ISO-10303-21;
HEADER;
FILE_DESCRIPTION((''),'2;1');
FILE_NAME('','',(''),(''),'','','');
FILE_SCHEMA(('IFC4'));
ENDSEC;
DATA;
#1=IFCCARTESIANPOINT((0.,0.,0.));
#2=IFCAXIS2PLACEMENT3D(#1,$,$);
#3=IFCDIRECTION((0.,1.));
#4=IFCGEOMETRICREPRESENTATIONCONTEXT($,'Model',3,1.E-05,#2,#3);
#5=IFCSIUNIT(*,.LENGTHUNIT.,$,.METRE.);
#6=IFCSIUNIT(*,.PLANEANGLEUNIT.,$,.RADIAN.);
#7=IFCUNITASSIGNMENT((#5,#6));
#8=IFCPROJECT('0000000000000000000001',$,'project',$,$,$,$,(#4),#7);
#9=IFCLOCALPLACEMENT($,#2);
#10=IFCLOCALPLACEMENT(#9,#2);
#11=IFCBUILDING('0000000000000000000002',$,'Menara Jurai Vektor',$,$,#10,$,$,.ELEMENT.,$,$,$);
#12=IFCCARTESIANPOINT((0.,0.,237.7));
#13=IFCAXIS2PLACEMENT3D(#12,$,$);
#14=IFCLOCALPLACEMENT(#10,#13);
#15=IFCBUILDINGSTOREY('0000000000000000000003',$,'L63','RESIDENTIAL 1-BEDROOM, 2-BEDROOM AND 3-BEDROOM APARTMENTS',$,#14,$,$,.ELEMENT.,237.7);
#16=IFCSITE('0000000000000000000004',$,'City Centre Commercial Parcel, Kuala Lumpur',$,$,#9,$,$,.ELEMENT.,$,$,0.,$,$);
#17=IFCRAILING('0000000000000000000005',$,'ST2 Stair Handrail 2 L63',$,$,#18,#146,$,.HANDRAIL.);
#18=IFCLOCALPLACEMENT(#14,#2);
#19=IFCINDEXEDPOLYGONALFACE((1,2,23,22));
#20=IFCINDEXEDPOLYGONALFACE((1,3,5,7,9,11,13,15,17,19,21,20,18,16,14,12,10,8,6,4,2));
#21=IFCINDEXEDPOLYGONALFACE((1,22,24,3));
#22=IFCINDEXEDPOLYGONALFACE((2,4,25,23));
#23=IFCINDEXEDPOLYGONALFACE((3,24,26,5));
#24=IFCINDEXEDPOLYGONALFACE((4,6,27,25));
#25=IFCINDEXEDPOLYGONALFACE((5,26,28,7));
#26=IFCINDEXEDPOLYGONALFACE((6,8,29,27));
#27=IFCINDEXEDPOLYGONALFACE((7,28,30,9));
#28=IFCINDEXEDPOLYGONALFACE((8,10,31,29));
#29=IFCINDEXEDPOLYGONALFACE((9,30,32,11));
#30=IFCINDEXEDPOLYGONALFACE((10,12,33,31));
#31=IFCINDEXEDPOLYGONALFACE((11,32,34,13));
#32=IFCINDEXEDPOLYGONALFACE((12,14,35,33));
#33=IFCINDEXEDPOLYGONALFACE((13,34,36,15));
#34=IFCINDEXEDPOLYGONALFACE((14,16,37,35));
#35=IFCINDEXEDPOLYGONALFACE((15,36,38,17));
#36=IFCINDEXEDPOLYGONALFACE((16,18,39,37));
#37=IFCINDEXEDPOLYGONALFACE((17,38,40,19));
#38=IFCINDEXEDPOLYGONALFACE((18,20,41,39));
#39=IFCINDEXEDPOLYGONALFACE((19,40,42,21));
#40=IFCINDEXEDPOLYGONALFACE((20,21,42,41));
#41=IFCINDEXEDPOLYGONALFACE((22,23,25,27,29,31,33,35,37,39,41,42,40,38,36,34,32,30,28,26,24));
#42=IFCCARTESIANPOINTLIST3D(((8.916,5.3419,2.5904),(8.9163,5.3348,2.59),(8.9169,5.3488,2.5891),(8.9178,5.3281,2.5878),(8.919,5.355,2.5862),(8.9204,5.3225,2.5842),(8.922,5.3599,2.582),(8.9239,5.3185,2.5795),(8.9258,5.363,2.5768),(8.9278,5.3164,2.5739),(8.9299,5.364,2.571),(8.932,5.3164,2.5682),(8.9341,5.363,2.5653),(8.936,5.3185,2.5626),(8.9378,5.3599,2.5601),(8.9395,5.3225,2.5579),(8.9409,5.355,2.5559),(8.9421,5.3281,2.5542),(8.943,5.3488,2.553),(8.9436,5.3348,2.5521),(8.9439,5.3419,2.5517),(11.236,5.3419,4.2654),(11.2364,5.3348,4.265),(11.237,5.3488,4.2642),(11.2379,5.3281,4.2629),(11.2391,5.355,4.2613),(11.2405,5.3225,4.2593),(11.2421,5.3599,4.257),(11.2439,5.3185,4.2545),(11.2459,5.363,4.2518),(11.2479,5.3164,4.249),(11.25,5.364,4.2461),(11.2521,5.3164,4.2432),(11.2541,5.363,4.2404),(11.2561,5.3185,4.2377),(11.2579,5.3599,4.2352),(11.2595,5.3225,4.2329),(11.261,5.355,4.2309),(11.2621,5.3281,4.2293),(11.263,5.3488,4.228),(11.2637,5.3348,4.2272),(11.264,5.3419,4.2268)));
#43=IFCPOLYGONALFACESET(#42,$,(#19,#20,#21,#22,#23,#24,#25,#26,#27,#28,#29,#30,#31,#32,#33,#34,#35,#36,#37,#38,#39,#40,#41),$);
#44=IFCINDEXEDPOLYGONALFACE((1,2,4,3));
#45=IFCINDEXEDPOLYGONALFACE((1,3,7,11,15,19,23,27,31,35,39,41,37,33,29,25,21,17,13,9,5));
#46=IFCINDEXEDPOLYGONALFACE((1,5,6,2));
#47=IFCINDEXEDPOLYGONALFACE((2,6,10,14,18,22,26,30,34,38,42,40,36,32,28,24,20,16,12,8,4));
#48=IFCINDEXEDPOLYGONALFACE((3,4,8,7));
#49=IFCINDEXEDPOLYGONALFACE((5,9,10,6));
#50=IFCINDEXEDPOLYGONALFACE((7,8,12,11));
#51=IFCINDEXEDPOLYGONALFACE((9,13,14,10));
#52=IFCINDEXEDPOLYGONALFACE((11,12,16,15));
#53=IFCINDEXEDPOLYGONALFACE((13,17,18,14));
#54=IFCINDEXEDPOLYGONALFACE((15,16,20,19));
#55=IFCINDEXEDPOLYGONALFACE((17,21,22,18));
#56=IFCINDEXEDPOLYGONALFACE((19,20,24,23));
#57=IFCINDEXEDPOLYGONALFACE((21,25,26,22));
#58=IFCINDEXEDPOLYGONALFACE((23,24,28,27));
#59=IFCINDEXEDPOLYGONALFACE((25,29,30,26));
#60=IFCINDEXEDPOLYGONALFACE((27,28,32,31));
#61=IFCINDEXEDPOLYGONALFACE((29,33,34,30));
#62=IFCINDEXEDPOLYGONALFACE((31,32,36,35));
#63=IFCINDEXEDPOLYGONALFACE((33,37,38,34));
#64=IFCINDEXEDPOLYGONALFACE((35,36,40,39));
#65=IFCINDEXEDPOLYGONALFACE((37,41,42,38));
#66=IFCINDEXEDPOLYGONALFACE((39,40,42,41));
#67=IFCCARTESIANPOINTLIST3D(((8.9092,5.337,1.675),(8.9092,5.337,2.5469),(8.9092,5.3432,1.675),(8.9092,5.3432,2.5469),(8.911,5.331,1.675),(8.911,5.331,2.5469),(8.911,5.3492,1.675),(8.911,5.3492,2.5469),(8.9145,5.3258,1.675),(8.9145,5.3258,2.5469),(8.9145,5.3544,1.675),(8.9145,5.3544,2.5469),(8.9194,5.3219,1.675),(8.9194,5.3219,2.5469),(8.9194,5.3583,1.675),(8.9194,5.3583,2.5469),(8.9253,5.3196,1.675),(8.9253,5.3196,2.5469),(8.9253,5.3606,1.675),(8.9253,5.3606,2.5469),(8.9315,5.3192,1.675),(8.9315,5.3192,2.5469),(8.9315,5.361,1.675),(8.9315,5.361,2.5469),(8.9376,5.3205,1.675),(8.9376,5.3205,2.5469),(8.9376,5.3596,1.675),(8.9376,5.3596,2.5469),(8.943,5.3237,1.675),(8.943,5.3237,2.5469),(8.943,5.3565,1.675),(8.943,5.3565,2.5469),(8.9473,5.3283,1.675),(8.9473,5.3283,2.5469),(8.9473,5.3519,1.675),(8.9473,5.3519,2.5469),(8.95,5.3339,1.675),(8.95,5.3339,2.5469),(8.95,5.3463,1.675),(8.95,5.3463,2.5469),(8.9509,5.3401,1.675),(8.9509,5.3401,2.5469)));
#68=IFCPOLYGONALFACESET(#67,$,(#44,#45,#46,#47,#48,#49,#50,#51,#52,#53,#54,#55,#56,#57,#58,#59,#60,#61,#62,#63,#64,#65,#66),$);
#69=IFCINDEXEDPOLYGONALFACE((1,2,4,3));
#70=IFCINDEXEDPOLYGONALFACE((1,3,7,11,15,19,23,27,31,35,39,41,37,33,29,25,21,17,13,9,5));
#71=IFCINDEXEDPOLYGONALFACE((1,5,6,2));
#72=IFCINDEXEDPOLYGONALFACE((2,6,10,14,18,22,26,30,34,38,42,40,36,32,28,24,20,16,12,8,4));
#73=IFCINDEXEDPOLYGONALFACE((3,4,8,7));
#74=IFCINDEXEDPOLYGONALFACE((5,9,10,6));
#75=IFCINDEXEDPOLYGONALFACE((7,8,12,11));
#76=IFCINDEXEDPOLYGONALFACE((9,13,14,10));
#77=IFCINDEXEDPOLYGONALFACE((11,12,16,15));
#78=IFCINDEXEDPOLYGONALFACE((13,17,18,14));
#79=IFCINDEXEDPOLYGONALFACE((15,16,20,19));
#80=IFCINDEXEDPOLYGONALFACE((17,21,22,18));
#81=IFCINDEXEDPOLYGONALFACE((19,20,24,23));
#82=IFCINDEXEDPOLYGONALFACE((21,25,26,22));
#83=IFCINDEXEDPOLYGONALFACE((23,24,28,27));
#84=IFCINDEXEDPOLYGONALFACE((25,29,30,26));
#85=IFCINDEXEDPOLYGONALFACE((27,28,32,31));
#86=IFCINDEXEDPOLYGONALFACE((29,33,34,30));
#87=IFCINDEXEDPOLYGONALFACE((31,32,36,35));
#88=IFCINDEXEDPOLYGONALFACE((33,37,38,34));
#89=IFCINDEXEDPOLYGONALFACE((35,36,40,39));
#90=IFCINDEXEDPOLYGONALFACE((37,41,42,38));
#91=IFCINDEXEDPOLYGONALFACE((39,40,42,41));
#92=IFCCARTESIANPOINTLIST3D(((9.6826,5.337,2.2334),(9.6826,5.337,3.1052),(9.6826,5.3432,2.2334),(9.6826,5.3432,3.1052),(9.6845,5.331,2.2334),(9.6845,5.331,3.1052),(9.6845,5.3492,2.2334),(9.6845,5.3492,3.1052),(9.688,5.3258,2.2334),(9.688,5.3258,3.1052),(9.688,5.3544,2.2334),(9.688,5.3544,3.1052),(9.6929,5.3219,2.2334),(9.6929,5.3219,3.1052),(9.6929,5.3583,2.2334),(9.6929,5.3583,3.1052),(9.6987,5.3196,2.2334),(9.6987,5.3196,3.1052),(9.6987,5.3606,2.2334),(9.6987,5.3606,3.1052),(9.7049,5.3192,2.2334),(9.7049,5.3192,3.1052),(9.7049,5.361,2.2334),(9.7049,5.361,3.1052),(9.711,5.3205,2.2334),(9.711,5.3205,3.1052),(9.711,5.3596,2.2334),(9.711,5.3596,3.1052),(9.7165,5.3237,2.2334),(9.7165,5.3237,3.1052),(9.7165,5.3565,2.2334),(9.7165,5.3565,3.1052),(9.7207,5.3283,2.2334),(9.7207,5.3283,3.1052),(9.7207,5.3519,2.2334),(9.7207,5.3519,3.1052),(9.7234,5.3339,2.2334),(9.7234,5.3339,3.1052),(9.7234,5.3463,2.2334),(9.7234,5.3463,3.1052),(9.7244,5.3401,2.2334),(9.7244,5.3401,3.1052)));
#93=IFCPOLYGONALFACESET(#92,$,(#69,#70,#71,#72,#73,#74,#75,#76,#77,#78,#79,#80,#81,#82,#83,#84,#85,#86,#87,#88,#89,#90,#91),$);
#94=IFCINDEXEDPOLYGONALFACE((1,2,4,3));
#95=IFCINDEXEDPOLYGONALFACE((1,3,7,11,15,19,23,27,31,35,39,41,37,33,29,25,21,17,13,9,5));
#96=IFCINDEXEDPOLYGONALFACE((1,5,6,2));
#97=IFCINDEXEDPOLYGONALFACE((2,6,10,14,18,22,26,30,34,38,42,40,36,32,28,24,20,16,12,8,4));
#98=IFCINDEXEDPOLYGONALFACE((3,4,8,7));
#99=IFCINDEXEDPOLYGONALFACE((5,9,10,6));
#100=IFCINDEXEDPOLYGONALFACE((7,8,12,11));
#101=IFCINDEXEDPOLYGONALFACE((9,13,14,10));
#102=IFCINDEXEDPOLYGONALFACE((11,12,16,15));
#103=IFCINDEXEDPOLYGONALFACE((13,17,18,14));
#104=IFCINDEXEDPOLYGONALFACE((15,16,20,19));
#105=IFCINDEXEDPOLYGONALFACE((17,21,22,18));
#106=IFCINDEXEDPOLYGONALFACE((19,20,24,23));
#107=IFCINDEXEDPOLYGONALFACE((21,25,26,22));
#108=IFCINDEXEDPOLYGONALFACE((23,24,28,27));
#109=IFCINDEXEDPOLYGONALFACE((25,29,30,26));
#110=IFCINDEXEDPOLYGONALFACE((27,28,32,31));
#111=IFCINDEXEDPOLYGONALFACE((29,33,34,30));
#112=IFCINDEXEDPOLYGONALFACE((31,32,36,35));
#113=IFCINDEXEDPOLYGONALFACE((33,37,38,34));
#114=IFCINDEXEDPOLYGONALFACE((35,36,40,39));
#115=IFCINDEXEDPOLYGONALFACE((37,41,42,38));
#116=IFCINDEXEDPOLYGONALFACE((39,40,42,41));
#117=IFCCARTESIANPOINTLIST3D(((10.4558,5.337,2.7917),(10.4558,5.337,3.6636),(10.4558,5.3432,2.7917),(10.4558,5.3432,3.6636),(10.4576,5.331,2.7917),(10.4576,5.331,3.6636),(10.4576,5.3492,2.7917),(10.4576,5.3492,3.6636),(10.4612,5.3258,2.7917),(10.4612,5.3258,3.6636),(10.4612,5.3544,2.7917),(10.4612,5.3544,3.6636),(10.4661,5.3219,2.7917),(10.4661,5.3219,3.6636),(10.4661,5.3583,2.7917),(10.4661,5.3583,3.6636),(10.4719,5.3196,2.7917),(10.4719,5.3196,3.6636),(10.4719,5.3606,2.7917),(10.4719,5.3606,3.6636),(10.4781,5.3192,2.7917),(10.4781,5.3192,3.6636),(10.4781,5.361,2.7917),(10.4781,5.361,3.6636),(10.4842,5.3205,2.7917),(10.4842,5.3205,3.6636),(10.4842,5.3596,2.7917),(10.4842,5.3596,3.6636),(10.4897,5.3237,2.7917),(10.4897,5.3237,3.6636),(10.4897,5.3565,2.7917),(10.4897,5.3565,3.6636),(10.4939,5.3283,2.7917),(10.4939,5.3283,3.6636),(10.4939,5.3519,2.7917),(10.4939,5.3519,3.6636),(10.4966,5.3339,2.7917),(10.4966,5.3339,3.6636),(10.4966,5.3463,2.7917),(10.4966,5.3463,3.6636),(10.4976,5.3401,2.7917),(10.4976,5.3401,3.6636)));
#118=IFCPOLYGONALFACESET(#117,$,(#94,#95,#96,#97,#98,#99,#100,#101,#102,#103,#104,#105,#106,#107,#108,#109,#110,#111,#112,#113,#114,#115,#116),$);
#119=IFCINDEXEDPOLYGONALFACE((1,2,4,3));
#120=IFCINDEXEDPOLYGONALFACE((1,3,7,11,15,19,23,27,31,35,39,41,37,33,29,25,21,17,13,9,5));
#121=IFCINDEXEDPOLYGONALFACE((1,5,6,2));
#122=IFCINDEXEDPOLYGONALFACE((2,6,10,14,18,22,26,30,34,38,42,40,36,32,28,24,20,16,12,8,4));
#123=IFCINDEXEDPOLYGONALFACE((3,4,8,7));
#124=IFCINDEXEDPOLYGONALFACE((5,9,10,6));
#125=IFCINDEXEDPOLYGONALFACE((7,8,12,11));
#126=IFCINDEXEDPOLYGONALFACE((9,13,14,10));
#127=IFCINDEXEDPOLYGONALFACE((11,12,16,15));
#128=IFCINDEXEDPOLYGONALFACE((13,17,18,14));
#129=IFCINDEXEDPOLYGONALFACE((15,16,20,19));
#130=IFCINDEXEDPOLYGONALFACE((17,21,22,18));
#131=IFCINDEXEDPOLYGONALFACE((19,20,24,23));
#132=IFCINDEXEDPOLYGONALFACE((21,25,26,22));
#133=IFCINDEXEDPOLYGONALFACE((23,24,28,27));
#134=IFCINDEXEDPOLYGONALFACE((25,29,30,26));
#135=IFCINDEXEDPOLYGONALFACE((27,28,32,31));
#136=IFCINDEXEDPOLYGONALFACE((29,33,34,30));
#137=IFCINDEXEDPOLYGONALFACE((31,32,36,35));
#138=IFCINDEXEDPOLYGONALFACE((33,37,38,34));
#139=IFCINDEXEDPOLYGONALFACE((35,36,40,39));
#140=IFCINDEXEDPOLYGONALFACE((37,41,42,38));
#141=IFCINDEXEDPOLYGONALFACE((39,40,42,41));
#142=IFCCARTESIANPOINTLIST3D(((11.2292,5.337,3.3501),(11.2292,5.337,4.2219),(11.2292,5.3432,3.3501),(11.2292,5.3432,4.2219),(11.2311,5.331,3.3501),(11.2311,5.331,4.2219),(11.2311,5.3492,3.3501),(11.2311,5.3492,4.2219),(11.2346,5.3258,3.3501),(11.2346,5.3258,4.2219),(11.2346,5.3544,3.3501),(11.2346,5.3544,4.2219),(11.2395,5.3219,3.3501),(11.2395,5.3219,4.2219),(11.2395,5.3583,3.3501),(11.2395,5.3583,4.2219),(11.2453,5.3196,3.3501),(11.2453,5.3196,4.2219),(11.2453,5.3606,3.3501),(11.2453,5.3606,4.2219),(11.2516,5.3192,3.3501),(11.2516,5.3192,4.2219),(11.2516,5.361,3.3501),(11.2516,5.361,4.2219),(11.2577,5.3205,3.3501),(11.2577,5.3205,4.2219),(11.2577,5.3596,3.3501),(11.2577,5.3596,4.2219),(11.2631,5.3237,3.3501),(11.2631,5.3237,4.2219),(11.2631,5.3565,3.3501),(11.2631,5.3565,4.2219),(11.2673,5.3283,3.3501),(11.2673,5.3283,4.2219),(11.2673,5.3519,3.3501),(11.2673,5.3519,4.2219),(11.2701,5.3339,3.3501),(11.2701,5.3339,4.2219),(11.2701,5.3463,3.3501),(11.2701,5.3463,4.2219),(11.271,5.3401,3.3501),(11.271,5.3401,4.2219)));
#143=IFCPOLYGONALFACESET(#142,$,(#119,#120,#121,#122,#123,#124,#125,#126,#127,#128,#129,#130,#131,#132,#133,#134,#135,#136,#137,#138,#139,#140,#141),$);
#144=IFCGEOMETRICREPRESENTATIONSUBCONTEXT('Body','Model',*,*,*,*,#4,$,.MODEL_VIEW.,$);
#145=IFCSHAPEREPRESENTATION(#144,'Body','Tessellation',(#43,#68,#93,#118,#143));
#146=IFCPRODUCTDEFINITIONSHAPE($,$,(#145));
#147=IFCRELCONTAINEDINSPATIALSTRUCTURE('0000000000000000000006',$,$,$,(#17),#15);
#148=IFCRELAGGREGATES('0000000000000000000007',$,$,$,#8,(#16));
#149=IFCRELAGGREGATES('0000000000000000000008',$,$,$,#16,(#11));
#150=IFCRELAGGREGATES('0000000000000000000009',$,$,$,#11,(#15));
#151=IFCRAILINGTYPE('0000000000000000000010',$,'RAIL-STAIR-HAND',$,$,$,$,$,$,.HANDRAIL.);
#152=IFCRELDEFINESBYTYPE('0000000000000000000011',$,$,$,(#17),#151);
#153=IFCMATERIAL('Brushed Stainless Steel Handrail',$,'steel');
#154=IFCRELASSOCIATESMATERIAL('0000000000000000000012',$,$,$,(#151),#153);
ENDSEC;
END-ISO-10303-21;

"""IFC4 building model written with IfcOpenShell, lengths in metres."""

from ifc_helpers import new_model, si_unit, direction, frame, origin, origin_2d, place, context, subcontext, project, spatial, circle, extrude, material, type_object, element, save


model = new_model("IFC4")

# Units and contexts
model_context = context("Model", 3, precision=1e-05, world=origin(), true_north=direction((0.0, 1.0)))
body_context = subcontext(model_context, "Body", "Model", "MODEL_VIEW")
ifc_project = project(units=[si_unit("LENGTHUNIT", "METRE"), si_unit("PLANEANGLEUNIT", "RADIAN")], contexts=[model_context])

# Site, building, storey
site_placement = place(None, origin())
site = spatial("IfcSite", under=ifc_project, at=site_placement, Name="City Centre Commercial Parcel, Kuala Lumpur", CompositionType="ELEMENT", RefElevation=0.0)
building_placement = place(site_placement, origin())
building = spatial("IfcBuilding", under=site, at=building_placement, Name="Menara Jurai Vektor", CompositionType="ELEMENT")
storey_placement = place(building_placement, frame((0.0, 0.0, 237.7)))
storey = spatial("IfcBuildingStorey", under=building, at=storey_placement, Name="L63", Description="RESIDENTIAL 1-BEDROOM, 2-BEDROOM AND 3-BEDROOM APARTMENTS", CompositionType="ELEMENT", Elevation=237.7)

# Railing
ifc_material_1 = material(Name="Brushed Stainless Steel Handrail", Category="steel")
railing_type_1 = type_object("IfcRailingType", Name="RAIL-STAIR-HAND", PredefinedType="HANDRAIL", material=ifc_material_1)
railing_1_placement = place(storey_placement, frame((8.9299, 5.3401, 1.675)))
element("IfcRailing", 1, at=railing_1_placement, inside=storey, type_object=railing_type_1, Name="ST2 Stair Handrail 2 L63", PredefinedType="HANDRAIL", context=body_context, shape_type="SweptSolid", body=[
    extrude(circle(Radius=0.0239, at=origin_2d()), frame((0.0, 0.0, 0.896), z_axis=(0.810771, 0.0, 0.585363), x_axis=(0.0, 1.0, 0.0)), (0.0, 0.0, 1.0), 2.8616),
    extrude(circle(Radius=0.021, at=origin_2d()), origin(), (0.0, 0.0, 1.0), 0.8718),
    extrude(circle(Radius=0.021, at=origin_2d()), frame((0.7734, 0.0, 0.5583)), (0.0, 0.0, 1.0), 0.8718),
    extrude(circle(Radius=0.021, at=origin_2d()), frame((1.5466, 0.0, 1.1167)), (0.0, 0.0, 1.0), 0.8718),
    extrude(circle(Radius=0.021, at=origin_2d()), frame((2.3201, 0.0, 1.675)), (0.0, 0.0, 1.0), 0.8718),
])

save(model, "model.ifc")
